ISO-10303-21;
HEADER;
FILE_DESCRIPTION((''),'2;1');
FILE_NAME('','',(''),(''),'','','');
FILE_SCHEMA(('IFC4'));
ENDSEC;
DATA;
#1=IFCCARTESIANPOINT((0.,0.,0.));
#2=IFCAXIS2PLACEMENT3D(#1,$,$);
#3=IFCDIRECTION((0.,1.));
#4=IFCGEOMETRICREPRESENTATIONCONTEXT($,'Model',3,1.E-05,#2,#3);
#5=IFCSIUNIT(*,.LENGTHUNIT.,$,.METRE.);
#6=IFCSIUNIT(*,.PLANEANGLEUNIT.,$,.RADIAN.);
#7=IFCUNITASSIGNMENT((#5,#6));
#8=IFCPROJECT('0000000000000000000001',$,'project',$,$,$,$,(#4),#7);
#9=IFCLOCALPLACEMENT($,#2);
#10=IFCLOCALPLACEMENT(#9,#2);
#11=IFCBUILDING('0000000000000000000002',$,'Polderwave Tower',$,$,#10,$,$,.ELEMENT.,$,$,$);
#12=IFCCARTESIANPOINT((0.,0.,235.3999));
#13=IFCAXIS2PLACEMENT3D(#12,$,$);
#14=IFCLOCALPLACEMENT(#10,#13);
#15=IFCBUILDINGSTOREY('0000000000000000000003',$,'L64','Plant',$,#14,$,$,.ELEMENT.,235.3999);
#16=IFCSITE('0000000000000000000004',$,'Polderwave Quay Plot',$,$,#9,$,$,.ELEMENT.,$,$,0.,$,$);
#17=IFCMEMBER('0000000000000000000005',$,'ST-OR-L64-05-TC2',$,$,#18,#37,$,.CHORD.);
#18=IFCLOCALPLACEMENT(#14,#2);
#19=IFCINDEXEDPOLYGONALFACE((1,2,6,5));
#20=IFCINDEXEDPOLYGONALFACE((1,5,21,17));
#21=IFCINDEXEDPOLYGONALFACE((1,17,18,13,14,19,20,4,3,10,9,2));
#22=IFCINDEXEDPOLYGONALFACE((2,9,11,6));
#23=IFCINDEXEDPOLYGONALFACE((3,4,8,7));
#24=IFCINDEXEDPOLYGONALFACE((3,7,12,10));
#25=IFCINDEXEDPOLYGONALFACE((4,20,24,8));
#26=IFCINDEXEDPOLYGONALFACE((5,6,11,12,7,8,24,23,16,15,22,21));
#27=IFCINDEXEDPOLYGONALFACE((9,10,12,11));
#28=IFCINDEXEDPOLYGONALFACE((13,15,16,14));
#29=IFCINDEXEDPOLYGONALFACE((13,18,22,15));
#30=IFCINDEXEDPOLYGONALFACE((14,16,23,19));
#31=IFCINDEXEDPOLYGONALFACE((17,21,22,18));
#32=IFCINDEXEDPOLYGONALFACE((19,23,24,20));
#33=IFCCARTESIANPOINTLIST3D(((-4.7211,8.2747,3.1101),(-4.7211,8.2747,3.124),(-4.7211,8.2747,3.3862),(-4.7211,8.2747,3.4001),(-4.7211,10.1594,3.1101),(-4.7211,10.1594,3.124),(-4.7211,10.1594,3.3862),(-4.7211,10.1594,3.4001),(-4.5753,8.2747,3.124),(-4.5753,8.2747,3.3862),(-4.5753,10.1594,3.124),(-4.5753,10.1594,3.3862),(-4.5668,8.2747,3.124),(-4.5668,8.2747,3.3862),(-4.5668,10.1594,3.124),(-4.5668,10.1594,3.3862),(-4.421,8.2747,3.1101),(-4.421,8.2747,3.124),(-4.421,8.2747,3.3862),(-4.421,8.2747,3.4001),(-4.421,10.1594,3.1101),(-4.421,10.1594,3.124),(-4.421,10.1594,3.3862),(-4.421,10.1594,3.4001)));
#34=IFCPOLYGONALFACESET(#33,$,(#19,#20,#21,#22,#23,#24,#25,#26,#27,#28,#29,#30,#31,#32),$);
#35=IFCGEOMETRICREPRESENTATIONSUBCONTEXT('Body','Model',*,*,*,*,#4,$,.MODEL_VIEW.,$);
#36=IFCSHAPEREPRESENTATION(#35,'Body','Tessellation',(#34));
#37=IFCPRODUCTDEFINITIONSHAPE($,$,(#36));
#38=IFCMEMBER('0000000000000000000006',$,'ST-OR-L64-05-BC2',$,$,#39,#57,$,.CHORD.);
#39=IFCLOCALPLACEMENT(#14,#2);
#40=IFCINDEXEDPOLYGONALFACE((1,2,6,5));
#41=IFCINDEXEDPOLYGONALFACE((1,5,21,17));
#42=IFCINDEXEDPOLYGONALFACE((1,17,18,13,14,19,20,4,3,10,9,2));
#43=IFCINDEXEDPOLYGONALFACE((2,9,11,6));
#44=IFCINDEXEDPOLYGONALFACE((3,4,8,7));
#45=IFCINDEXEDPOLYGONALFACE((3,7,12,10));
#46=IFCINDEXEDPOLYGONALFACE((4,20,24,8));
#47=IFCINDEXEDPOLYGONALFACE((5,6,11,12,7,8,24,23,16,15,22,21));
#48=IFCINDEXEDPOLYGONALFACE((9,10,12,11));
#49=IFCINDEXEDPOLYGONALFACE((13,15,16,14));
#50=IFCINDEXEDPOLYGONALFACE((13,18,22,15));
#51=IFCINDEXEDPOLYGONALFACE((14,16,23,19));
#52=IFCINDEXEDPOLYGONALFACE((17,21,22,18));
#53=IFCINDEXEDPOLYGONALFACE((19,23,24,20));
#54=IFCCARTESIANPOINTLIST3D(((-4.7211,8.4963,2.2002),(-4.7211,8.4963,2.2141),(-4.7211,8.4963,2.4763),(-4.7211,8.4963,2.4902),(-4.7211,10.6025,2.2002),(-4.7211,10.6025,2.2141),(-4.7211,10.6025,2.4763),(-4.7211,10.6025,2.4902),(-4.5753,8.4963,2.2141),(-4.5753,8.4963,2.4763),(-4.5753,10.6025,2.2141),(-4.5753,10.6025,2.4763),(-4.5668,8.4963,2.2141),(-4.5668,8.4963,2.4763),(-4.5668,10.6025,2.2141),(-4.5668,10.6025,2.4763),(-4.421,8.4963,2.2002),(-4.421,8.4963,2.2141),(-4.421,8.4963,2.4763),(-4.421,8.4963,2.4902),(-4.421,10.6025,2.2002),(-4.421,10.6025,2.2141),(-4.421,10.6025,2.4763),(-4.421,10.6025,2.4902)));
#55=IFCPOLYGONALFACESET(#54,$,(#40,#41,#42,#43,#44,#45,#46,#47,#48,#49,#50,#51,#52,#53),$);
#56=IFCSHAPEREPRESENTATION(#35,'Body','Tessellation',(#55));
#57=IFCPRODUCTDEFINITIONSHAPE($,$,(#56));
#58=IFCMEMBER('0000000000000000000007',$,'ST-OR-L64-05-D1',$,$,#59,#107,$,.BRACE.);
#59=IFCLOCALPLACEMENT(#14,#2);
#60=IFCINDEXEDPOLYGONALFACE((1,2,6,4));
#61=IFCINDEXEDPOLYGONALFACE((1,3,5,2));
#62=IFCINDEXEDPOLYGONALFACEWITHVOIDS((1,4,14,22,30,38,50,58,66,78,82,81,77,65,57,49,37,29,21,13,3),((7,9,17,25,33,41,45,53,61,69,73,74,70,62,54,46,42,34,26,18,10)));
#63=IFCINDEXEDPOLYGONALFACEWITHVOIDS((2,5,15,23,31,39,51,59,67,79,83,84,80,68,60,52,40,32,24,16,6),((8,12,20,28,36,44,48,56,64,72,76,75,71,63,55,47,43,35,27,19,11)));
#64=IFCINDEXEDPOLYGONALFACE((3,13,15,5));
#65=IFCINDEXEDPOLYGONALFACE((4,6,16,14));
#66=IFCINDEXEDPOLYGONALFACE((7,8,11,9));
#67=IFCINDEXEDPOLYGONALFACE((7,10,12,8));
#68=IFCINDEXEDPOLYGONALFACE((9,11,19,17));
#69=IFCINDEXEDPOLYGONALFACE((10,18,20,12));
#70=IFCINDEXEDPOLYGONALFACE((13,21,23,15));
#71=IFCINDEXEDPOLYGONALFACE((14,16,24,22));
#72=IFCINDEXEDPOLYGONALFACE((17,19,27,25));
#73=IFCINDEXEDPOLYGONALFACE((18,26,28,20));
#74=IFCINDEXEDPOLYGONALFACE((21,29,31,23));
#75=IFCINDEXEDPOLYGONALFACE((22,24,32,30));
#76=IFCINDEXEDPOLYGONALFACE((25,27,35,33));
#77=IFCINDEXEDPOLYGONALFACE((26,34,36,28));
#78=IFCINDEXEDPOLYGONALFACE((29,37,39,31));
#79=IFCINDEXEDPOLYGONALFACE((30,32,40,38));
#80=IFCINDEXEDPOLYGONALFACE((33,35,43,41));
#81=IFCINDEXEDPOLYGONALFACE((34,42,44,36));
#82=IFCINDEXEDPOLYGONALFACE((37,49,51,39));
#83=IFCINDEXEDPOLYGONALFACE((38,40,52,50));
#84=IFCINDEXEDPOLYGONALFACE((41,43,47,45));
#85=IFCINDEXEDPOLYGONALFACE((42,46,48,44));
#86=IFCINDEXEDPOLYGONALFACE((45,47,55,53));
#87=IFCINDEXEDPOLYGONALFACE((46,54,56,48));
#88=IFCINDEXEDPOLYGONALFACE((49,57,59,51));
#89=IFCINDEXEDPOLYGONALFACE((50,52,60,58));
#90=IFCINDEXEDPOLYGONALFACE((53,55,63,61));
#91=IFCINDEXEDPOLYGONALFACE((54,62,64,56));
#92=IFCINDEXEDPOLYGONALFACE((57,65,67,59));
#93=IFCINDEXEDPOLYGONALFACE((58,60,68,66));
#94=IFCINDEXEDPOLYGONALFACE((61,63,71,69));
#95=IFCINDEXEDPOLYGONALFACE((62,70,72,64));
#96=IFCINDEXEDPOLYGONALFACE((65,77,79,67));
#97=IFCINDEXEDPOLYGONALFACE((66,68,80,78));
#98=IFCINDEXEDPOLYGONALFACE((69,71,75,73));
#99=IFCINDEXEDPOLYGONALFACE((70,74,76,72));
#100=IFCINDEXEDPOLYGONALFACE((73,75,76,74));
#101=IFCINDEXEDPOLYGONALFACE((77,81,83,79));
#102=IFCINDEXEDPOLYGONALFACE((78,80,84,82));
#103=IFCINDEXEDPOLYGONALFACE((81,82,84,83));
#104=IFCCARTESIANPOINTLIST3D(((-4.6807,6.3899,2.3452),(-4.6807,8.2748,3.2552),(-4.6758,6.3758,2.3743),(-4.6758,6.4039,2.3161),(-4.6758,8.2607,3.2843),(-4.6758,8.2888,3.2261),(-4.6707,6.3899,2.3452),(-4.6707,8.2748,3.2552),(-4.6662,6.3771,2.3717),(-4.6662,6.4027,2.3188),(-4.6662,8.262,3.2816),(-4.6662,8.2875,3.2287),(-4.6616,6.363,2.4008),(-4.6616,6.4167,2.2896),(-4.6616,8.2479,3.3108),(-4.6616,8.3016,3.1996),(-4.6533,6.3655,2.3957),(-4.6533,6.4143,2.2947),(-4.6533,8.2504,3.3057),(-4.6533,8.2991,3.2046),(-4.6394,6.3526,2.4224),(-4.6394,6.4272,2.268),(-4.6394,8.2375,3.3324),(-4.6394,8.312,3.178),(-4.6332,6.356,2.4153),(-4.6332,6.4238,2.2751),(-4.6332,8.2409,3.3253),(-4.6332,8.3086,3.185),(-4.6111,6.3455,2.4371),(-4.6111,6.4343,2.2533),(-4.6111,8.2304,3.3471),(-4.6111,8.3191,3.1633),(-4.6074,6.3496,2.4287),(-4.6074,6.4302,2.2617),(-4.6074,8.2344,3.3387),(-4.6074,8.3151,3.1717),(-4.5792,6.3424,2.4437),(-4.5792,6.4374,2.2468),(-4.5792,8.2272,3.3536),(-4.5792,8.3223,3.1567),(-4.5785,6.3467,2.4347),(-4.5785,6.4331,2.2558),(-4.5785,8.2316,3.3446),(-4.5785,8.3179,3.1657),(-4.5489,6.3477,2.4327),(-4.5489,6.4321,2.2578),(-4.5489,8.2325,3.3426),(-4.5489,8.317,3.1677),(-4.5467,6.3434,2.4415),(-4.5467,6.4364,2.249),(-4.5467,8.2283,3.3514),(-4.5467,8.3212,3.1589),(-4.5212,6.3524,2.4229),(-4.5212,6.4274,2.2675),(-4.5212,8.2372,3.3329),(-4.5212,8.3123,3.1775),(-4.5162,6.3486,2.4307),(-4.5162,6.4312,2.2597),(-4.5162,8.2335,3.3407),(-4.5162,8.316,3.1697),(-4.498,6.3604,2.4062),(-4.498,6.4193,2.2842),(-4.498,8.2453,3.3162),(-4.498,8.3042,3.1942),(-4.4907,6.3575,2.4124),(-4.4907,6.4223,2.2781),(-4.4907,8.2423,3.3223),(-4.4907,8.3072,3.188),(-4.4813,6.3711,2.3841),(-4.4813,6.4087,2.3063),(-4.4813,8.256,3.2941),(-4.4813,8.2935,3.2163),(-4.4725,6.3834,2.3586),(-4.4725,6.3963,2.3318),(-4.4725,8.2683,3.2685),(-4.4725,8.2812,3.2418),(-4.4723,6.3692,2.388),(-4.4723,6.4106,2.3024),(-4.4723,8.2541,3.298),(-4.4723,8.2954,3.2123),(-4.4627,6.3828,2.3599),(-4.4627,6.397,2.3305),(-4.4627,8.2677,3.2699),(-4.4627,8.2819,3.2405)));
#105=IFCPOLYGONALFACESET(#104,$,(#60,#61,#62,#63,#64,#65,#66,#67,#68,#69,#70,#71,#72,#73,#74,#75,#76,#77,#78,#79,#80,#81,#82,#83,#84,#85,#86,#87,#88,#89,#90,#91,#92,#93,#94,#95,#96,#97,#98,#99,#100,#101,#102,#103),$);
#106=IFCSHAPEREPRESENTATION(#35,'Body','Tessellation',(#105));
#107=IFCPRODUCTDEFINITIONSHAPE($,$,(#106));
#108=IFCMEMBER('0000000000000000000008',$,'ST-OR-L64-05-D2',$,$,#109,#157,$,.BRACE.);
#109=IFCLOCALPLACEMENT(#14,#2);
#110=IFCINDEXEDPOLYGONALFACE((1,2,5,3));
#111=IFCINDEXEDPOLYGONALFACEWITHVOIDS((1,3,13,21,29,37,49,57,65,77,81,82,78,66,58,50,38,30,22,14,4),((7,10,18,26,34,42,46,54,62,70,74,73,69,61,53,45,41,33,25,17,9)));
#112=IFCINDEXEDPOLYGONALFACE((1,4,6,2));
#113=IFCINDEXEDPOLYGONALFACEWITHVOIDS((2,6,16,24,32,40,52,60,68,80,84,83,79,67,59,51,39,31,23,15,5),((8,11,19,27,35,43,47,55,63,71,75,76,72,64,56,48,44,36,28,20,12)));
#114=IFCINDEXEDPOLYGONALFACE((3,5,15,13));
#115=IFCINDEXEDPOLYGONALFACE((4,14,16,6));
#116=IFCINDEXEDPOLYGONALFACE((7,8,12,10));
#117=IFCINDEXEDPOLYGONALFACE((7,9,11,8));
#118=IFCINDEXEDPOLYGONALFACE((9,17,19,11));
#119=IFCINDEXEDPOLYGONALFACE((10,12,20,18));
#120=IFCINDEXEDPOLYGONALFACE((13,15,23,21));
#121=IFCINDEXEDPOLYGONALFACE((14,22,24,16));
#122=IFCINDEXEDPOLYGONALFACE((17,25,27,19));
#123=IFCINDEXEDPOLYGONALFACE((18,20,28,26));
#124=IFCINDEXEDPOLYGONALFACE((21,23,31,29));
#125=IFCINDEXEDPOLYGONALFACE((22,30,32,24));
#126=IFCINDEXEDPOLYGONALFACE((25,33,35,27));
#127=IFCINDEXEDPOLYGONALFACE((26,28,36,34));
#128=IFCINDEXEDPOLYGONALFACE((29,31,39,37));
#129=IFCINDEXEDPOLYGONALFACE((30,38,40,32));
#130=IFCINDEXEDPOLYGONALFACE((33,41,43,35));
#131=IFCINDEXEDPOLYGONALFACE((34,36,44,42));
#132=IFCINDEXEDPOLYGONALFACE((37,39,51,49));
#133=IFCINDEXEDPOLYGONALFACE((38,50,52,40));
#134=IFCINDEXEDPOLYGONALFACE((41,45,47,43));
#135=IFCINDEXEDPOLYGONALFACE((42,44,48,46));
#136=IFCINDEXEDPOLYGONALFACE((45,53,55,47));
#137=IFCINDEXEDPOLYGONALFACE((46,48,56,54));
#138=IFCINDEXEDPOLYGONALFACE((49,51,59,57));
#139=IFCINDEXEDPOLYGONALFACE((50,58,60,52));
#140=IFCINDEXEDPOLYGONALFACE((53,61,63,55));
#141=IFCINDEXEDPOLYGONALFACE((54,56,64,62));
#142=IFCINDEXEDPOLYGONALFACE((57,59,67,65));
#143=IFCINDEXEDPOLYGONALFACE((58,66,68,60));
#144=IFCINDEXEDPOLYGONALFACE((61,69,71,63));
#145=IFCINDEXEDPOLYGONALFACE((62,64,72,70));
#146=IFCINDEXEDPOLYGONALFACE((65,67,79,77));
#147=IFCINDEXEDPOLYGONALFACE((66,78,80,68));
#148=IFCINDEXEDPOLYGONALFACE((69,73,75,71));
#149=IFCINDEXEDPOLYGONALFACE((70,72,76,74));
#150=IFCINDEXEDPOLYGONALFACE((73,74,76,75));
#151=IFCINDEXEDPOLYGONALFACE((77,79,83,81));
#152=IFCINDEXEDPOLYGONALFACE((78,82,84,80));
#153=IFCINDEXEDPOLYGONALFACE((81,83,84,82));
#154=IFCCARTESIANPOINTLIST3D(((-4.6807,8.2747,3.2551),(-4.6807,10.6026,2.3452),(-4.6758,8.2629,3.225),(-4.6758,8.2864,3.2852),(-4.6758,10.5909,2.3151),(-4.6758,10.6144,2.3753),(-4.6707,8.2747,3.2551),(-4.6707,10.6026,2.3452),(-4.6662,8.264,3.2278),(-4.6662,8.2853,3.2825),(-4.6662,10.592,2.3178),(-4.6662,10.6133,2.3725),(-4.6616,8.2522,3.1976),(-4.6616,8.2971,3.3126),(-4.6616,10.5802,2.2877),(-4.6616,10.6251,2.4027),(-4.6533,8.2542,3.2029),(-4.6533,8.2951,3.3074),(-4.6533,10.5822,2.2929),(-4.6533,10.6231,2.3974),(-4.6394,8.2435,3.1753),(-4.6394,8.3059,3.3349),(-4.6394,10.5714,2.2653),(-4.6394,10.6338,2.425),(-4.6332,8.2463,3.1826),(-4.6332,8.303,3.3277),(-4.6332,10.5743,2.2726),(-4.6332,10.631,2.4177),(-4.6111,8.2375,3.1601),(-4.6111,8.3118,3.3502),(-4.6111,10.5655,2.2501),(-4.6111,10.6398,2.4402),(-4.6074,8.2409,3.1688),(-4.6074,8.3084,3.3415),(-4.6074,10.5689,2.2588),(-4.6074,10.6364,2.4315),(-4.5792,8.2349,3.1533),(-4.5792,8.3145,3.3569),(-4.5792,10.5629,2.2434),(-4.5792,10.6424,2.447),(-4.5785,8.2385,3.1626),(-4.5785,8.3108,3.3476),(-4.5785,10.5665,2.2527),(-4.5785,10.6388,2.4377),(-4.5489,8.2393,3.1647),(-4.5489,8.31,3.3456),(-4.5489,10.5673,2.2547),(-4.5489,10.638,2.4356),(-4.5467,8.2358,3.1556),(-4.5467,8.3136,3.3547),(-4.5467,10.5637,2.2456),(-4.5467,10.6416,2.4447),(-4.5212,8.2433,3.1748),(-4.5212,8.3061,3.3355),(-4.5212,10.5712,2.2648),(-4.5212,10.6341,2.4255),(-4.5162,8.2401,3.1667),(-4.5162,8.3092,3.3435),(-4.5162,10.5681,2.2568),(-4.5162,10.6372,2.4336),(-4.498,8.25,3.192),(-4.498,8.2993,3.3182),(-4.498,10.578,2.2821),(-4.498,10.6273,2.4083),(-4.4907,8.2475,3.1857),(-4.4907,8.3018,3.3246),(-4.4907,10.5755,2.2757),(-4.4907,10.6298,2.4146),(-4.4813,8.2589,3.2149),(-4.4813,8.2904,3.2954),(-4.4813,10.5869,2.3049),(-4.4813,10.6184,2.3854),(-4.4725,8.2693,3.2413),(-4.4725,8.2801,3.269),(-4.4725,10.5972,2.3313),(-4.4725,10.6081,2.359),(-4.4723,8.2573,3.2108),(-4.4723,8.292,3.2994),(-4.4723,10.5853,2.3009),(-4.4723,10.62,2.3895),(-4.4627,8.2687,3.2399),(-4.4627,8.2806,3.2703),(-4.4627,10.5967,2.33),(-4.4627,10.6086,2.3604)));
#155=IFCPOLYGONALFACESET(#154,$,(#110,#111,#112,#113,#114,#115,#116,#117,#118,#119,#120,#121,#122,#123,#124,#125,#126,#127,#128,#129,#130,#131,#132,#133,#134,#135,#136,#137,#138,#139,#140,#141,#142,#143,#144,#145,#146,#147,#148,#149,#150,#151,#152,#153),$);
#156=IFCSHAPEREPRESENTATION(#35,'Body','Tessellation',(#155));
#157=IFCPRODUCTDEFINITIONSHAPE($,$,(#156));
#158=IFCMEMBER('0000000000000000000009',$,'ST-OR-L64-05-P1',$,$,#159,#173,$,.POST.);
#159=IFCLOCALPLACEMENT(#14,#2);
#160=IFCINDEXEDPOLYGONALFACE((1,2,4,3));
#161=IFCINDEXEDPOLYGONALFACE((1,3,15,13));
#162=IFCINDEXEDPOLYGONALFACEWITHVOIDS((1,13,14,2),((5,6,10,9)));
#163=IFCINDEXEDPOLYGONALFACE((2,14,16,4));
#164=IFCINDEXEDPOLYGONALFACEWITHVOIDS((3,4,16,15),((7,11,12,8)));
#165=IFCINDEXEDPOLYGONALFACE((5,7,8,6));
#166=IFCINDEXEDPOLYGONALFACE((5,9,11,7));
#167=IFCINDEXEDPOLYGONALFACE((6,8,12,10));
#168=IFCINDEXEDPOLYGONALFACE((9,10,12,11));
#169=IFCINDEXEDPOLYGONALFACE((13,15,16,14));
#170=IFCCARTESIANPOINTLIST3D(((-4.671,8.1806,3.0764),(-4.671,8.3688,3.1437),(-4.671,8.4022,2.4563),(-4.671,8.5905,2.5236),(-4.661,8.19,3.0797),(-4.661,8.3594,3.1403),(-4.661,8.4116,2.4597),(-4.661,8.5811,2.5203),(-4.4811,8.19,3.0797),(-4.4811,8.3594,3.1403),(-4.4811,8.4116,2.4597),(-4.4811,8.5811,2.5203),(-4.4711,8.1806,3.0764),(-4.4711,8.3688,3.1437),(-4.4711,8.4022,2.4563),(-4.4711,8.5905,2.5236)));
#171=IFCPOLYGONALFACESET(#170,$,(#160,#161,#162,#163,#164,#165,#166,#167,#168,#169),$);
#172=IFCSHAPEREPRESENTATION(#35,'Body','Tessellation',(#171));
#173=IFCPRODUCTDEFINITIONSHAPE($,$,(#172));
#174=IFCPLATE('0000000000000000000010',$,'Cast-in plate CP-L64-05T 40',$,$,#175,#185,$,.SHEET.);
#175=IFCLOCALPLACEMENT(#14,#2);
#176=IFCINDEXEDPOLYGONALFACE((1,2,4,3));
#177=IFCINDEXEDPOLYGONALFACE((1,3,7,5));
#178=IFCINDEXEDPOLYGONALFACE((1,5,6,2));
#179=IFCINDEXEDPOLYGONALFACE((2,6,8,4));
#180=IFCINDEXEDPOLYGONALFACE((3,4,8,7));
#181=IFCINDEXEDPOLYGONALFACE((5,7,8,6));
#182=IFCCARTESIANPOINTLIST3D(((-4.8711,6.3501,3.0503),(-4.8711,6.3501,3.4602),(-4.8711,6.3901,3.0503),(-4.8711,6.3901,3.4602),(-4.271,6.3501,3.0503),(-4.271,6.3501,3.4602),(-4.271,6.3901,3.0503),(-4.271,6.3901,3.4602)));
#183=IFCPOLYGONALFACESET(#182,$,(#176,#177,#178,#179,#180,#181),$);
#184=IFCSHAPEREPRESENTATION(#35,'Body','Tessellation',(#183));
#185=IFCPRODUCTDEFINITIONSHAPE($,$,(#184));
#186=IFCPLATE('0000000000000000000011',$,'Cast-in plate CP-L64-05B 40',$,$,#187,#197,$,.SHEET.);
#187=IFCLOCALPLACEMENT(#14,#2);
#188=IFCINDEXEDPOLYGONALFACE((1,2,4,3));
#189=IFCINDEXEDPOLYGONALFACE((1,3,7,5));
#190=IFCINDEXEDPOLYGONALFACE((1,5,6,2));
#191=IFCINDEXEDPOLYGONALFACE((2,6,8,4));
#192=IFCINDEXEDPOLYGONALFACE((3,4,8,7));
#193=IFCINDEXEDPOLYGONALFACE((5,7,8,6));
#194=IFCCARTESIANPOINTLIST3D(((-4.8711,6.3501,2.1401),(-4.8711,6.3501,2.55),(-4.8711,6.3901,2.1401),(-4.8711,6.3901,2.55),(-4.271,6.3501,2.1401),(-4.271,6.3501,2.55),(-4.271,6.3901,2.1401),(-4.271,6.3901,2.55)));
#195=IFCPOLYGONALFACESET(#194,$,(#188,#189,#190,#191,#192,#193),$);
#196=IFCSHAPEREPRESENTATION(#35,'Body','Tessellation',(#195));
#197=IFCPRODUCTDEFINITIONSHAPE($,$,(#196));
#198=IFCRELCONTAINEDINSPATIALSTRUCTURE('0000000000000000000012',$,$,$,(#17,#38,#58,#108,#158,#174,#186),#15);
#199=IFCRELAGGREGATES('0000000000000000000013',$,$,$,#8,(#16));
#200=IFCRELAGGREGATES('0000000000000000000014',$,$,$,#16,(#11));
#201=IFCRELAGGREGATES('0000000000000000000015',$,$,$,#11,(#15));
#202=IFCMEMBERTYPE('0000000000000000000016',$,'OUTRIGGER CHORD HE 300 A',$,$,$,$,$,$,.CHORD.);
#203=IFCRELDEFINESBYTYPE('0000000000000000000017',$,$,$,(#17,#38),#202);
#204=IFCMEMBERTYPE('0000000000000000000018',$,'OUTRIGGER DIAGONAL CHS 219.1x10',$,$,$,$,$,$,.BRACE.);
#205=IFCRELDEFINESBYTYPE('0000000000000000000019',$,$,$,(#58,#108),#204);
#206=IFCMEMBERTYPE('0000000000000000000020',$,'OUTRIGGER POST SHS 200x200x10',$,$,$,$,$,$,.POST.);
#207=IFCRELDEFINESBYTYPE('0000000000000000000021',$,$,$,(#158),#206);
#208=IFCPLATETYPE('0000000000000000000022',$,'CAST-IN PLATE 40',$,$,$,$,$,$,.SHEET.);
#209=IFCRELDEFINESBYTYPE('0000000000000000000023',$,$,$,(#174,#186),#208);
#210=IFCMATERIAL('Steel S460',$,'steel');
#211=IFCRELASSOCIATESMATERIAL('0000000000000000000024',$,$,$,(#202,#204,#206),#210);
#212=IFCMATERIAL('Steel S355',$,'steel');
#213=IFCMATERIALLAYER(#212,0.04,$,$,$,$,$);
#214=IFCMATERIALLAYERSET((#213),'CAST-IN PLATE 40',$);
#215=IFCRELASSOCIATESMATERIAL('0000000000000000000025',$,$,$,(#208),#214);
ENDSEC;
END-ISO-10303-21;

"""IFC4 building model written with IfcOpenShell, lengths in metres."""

from ifc_helpers import new_model, si_unit, direction, frame, origin, origin_2d, place, context, subcontext, project, spatial, rectangle, hollow_rectangle, hollow_circle, i_section, extrude, material, layer, layer_set, material_profile, profile_set, type_object, element, save


model = new_model("IFC4")

# Units and contexts
model_context = context("Model", 3, precision=1e-05, world=origin(), true_north=direction((0.0, 1.0)))
body_context = subcontext(model_context, "Body", "Model", "MODEL_VIEW")
ifc_project = project(units=[si_unit("LENGTHUNIT", "METRE"), si_unit("PLANEANGLEUNIT", "RADIAN")], contexts=[model_context])

# Site, building, storey
site_placement = place(None, origin())
site = spatial("IfcSite", under=ifc_project, at=site_placement, Name="Polderwave Quay Plot", CompositionType="ELEMENT", RefElevation=0.0)
building_placement = place(site_placement, origin())
building = spatial("IfcBuilding", under=site, at=building_placement, Name="Polderwave Tower", CompositionType="ELEMENT")
storey_placement = place(building_placement, frame((0.0, 0.0, 235.3999)))
storey = spatial("IfcBuildingStorey", under=building, at=storey_placement, Name="L64", Description="Plant", CompositionType="ELEMENT", Elevation=235.3999)

# Shared definitions
ifc_material_1 = material(Name="Steel S460", Category="steel")

# Members
ifc_material_profile_1 = material_profile(ifc_material_1, i_section(OverallWidth=0.3, OverallDepth=0.29, WebThickness=0.0085, FlangeThickness=0.0139, at=origin_2d()), Name="HE 300 A")
ifc_profile_set_1 = profile_set([ifc_material_profile_1], Name="Steel S460")
member_type_1 = type_object("IfcMemberType", Name="OUTRIGGER CHORD HE 300 A", PredefinedType="CHORD", material=ifc_profile_set_1)
member_1_placement = place(storey_placement, frame((-4.571, 8.2747, 3.2551), z_axis=(0.0, 1.0, 0.0), x_axis=(-1.0, 0.0, 0.0)))
element("IfcMember", 1, at=member_1_placement, inside=storey, type_object=member_type_1, Name="ST-OR-L64-05-TC2", PredefinedType="CHORD", context=body_context, shape_type="SweptSolid", body=[
    extrude(i_section(OverallWidth=0.3, OverallDepth=0.29, WebThickness=0.0085, FlangeThickness=0.0139, at=origin_2d()), origin(), (0.0, 0.0, 1.0), 1.8848),
])
member_2_placement = place(storey_placement, frame((-4.571, 8.4963, 2.3452), z_axis=(0.0, 1.0, 0.0), x_axis=(-1.0, 0.0, 0.0)))
element("IfcMember", 2, at=member_2_placement, inside=storey, type_object=member_type_1, Name="ST-OR-L64-05-BC2", PredefinedType="CHORD", context=body_context, shape_type="SweptSolid", body=[
    extrude(i_section(OverallWidth=0.3, OverallDepth=0.29, WebThickness=0.0085, FlangeThickness=0.0139, at=origin_2d()), origin(), (0.0, 0.0, 1.0), 2.1062),
])
ifc_material_profile_2 = material_profile(ifc_material_1, hollow_circle(Radius=0.1096, WallThickness=0.01, at=origin_2d()), Name="CHS 219.1x10")
ifc_profile_set_2 = profile_set([ifc_material_profile_2], Name="Steel S460")
member_type_2 = type_object("IfcMemberType", Name="OUTRIGGER DIAGONAL CHS 219.1x10", PredefinedType="BRACE", material=ifc_profile_set_2)
member_3_placement = place(storey_placement, frame((-4.571, 6.3899, 2.3452), z_axis=(0.0, 0.900547, 0.434759), x_axis=(-1.0, 0.0, 0.0)))
element("IfcMember", 3, at=member_3_placement, inside=storey, type_object=member_type_2, Name="ST-OR-L64-05-D1", PredefinedType="BRACE", context=body_context, shape_type="SweptSolid", body=[
    extrude(hollow_circle(Radius=0.1096, WallThickness=0.01, at=origin_2d()), origin(), (0.0, 0.0, 1.0), 2.093),
])
member_4_placement = place(storey_placement, frame((-4.571, 8.2747, 3.2551), z_axis=(0.0, 0.931378, -0.364053), x_axis=(-1.0, 0.0, 0.0)))
element("IfcMember", 4, at=member_4_placement, inside=storey, type_object=member_type_2, Name="ST-OR-L64-05-D2", PredefinedType="BRACE", context=body_context, shape_type="SweptSolid", body=[
    extrude(hollow_circle(Radius=0.1096, WallThickness=0.01, at=origin_2d()), origin(), (0.0, 0.0, 1.0), 2.4995),
])
ifc_material_profile_3 = material_profile(ifc_material_1, hollow_rectangle(XDim=0.2, YDim=0.2, WallThickness=0.01, at=origin_2d()), Name="SHS 200x200x10")
ifc_profile_set_3 = profile_set([ifc_material_profile_3], Name="Steel S460")
member_type_3 = type_object("IfcMemberType", Name="OUTRIGGER POST SHS 200x200x10", PredefinedType="POST", material=ifc_profile_set_3)
member_5_placement = place(storey_placement, frame((-4.571, 8.4963, 2.49), z_axis=(0.0, -0.336618, 0.941641), x_axis=(1.0, 0.0, 0.0)))
element("IfcMember", 5, at=member_5_placement, inside=storey, type_object=member_type_3, Name="ST-OR-L64-05-P1", PredefinedType="POST", context=body_context, shape_type="SweptSolid", body=[
    extrude(hollow_rectangle(XDim=0.2, YDim=0.2, WallThickness=0.01, at=origin_2d()), origin(), (0.0, 0.0, 1.0), 0.6584),
])

# Plates
ifc_material_2 = material(Name="Steel S355", Category="steel")
ifc_layer_1 = layer(ifc_material_2, 0.04)
ifc_layer_set_1 = layer_set([ifc_layer_1], Name="CAST-IN PLATE 40")
plate_type = type_object("IfcPlateType", Name="CAST-IN PLATE 40", PredefinedType="SHEET", material=ifc_layer_set_1)
for number, where, z_axis, x_axis, name in (
    (6, (-4.571, 6.3701, 3.0503), (0.0, 0.0, 1.0), (0.0, 1.0, 0.0), "Cast-in plate CP-L64-05T 40"),
    (7, (-4.571, 6.3701, 2.1401), (0.0, 0.0, 1.0), (0.0, 1.0, 0.0), "Cast-in plate CP-L64-05B 40"),
):
    element("IfcPlate", number, at=place(storey_placement, frame(where, z_axis=z_axis, x_axis=x_axis)), inside=storey, type_object=plate_type, Name=name, PredefinedType="SHEET", context=body_context, shape_type="SweptSolid", body=[
        extrude(rectangle(XDim=0.04, YDim=0.6001, at=origin_2d()), origin(), (0.0, 0.0, 1.0), 0.4099),
    ])

save(model, "model.ifc")
